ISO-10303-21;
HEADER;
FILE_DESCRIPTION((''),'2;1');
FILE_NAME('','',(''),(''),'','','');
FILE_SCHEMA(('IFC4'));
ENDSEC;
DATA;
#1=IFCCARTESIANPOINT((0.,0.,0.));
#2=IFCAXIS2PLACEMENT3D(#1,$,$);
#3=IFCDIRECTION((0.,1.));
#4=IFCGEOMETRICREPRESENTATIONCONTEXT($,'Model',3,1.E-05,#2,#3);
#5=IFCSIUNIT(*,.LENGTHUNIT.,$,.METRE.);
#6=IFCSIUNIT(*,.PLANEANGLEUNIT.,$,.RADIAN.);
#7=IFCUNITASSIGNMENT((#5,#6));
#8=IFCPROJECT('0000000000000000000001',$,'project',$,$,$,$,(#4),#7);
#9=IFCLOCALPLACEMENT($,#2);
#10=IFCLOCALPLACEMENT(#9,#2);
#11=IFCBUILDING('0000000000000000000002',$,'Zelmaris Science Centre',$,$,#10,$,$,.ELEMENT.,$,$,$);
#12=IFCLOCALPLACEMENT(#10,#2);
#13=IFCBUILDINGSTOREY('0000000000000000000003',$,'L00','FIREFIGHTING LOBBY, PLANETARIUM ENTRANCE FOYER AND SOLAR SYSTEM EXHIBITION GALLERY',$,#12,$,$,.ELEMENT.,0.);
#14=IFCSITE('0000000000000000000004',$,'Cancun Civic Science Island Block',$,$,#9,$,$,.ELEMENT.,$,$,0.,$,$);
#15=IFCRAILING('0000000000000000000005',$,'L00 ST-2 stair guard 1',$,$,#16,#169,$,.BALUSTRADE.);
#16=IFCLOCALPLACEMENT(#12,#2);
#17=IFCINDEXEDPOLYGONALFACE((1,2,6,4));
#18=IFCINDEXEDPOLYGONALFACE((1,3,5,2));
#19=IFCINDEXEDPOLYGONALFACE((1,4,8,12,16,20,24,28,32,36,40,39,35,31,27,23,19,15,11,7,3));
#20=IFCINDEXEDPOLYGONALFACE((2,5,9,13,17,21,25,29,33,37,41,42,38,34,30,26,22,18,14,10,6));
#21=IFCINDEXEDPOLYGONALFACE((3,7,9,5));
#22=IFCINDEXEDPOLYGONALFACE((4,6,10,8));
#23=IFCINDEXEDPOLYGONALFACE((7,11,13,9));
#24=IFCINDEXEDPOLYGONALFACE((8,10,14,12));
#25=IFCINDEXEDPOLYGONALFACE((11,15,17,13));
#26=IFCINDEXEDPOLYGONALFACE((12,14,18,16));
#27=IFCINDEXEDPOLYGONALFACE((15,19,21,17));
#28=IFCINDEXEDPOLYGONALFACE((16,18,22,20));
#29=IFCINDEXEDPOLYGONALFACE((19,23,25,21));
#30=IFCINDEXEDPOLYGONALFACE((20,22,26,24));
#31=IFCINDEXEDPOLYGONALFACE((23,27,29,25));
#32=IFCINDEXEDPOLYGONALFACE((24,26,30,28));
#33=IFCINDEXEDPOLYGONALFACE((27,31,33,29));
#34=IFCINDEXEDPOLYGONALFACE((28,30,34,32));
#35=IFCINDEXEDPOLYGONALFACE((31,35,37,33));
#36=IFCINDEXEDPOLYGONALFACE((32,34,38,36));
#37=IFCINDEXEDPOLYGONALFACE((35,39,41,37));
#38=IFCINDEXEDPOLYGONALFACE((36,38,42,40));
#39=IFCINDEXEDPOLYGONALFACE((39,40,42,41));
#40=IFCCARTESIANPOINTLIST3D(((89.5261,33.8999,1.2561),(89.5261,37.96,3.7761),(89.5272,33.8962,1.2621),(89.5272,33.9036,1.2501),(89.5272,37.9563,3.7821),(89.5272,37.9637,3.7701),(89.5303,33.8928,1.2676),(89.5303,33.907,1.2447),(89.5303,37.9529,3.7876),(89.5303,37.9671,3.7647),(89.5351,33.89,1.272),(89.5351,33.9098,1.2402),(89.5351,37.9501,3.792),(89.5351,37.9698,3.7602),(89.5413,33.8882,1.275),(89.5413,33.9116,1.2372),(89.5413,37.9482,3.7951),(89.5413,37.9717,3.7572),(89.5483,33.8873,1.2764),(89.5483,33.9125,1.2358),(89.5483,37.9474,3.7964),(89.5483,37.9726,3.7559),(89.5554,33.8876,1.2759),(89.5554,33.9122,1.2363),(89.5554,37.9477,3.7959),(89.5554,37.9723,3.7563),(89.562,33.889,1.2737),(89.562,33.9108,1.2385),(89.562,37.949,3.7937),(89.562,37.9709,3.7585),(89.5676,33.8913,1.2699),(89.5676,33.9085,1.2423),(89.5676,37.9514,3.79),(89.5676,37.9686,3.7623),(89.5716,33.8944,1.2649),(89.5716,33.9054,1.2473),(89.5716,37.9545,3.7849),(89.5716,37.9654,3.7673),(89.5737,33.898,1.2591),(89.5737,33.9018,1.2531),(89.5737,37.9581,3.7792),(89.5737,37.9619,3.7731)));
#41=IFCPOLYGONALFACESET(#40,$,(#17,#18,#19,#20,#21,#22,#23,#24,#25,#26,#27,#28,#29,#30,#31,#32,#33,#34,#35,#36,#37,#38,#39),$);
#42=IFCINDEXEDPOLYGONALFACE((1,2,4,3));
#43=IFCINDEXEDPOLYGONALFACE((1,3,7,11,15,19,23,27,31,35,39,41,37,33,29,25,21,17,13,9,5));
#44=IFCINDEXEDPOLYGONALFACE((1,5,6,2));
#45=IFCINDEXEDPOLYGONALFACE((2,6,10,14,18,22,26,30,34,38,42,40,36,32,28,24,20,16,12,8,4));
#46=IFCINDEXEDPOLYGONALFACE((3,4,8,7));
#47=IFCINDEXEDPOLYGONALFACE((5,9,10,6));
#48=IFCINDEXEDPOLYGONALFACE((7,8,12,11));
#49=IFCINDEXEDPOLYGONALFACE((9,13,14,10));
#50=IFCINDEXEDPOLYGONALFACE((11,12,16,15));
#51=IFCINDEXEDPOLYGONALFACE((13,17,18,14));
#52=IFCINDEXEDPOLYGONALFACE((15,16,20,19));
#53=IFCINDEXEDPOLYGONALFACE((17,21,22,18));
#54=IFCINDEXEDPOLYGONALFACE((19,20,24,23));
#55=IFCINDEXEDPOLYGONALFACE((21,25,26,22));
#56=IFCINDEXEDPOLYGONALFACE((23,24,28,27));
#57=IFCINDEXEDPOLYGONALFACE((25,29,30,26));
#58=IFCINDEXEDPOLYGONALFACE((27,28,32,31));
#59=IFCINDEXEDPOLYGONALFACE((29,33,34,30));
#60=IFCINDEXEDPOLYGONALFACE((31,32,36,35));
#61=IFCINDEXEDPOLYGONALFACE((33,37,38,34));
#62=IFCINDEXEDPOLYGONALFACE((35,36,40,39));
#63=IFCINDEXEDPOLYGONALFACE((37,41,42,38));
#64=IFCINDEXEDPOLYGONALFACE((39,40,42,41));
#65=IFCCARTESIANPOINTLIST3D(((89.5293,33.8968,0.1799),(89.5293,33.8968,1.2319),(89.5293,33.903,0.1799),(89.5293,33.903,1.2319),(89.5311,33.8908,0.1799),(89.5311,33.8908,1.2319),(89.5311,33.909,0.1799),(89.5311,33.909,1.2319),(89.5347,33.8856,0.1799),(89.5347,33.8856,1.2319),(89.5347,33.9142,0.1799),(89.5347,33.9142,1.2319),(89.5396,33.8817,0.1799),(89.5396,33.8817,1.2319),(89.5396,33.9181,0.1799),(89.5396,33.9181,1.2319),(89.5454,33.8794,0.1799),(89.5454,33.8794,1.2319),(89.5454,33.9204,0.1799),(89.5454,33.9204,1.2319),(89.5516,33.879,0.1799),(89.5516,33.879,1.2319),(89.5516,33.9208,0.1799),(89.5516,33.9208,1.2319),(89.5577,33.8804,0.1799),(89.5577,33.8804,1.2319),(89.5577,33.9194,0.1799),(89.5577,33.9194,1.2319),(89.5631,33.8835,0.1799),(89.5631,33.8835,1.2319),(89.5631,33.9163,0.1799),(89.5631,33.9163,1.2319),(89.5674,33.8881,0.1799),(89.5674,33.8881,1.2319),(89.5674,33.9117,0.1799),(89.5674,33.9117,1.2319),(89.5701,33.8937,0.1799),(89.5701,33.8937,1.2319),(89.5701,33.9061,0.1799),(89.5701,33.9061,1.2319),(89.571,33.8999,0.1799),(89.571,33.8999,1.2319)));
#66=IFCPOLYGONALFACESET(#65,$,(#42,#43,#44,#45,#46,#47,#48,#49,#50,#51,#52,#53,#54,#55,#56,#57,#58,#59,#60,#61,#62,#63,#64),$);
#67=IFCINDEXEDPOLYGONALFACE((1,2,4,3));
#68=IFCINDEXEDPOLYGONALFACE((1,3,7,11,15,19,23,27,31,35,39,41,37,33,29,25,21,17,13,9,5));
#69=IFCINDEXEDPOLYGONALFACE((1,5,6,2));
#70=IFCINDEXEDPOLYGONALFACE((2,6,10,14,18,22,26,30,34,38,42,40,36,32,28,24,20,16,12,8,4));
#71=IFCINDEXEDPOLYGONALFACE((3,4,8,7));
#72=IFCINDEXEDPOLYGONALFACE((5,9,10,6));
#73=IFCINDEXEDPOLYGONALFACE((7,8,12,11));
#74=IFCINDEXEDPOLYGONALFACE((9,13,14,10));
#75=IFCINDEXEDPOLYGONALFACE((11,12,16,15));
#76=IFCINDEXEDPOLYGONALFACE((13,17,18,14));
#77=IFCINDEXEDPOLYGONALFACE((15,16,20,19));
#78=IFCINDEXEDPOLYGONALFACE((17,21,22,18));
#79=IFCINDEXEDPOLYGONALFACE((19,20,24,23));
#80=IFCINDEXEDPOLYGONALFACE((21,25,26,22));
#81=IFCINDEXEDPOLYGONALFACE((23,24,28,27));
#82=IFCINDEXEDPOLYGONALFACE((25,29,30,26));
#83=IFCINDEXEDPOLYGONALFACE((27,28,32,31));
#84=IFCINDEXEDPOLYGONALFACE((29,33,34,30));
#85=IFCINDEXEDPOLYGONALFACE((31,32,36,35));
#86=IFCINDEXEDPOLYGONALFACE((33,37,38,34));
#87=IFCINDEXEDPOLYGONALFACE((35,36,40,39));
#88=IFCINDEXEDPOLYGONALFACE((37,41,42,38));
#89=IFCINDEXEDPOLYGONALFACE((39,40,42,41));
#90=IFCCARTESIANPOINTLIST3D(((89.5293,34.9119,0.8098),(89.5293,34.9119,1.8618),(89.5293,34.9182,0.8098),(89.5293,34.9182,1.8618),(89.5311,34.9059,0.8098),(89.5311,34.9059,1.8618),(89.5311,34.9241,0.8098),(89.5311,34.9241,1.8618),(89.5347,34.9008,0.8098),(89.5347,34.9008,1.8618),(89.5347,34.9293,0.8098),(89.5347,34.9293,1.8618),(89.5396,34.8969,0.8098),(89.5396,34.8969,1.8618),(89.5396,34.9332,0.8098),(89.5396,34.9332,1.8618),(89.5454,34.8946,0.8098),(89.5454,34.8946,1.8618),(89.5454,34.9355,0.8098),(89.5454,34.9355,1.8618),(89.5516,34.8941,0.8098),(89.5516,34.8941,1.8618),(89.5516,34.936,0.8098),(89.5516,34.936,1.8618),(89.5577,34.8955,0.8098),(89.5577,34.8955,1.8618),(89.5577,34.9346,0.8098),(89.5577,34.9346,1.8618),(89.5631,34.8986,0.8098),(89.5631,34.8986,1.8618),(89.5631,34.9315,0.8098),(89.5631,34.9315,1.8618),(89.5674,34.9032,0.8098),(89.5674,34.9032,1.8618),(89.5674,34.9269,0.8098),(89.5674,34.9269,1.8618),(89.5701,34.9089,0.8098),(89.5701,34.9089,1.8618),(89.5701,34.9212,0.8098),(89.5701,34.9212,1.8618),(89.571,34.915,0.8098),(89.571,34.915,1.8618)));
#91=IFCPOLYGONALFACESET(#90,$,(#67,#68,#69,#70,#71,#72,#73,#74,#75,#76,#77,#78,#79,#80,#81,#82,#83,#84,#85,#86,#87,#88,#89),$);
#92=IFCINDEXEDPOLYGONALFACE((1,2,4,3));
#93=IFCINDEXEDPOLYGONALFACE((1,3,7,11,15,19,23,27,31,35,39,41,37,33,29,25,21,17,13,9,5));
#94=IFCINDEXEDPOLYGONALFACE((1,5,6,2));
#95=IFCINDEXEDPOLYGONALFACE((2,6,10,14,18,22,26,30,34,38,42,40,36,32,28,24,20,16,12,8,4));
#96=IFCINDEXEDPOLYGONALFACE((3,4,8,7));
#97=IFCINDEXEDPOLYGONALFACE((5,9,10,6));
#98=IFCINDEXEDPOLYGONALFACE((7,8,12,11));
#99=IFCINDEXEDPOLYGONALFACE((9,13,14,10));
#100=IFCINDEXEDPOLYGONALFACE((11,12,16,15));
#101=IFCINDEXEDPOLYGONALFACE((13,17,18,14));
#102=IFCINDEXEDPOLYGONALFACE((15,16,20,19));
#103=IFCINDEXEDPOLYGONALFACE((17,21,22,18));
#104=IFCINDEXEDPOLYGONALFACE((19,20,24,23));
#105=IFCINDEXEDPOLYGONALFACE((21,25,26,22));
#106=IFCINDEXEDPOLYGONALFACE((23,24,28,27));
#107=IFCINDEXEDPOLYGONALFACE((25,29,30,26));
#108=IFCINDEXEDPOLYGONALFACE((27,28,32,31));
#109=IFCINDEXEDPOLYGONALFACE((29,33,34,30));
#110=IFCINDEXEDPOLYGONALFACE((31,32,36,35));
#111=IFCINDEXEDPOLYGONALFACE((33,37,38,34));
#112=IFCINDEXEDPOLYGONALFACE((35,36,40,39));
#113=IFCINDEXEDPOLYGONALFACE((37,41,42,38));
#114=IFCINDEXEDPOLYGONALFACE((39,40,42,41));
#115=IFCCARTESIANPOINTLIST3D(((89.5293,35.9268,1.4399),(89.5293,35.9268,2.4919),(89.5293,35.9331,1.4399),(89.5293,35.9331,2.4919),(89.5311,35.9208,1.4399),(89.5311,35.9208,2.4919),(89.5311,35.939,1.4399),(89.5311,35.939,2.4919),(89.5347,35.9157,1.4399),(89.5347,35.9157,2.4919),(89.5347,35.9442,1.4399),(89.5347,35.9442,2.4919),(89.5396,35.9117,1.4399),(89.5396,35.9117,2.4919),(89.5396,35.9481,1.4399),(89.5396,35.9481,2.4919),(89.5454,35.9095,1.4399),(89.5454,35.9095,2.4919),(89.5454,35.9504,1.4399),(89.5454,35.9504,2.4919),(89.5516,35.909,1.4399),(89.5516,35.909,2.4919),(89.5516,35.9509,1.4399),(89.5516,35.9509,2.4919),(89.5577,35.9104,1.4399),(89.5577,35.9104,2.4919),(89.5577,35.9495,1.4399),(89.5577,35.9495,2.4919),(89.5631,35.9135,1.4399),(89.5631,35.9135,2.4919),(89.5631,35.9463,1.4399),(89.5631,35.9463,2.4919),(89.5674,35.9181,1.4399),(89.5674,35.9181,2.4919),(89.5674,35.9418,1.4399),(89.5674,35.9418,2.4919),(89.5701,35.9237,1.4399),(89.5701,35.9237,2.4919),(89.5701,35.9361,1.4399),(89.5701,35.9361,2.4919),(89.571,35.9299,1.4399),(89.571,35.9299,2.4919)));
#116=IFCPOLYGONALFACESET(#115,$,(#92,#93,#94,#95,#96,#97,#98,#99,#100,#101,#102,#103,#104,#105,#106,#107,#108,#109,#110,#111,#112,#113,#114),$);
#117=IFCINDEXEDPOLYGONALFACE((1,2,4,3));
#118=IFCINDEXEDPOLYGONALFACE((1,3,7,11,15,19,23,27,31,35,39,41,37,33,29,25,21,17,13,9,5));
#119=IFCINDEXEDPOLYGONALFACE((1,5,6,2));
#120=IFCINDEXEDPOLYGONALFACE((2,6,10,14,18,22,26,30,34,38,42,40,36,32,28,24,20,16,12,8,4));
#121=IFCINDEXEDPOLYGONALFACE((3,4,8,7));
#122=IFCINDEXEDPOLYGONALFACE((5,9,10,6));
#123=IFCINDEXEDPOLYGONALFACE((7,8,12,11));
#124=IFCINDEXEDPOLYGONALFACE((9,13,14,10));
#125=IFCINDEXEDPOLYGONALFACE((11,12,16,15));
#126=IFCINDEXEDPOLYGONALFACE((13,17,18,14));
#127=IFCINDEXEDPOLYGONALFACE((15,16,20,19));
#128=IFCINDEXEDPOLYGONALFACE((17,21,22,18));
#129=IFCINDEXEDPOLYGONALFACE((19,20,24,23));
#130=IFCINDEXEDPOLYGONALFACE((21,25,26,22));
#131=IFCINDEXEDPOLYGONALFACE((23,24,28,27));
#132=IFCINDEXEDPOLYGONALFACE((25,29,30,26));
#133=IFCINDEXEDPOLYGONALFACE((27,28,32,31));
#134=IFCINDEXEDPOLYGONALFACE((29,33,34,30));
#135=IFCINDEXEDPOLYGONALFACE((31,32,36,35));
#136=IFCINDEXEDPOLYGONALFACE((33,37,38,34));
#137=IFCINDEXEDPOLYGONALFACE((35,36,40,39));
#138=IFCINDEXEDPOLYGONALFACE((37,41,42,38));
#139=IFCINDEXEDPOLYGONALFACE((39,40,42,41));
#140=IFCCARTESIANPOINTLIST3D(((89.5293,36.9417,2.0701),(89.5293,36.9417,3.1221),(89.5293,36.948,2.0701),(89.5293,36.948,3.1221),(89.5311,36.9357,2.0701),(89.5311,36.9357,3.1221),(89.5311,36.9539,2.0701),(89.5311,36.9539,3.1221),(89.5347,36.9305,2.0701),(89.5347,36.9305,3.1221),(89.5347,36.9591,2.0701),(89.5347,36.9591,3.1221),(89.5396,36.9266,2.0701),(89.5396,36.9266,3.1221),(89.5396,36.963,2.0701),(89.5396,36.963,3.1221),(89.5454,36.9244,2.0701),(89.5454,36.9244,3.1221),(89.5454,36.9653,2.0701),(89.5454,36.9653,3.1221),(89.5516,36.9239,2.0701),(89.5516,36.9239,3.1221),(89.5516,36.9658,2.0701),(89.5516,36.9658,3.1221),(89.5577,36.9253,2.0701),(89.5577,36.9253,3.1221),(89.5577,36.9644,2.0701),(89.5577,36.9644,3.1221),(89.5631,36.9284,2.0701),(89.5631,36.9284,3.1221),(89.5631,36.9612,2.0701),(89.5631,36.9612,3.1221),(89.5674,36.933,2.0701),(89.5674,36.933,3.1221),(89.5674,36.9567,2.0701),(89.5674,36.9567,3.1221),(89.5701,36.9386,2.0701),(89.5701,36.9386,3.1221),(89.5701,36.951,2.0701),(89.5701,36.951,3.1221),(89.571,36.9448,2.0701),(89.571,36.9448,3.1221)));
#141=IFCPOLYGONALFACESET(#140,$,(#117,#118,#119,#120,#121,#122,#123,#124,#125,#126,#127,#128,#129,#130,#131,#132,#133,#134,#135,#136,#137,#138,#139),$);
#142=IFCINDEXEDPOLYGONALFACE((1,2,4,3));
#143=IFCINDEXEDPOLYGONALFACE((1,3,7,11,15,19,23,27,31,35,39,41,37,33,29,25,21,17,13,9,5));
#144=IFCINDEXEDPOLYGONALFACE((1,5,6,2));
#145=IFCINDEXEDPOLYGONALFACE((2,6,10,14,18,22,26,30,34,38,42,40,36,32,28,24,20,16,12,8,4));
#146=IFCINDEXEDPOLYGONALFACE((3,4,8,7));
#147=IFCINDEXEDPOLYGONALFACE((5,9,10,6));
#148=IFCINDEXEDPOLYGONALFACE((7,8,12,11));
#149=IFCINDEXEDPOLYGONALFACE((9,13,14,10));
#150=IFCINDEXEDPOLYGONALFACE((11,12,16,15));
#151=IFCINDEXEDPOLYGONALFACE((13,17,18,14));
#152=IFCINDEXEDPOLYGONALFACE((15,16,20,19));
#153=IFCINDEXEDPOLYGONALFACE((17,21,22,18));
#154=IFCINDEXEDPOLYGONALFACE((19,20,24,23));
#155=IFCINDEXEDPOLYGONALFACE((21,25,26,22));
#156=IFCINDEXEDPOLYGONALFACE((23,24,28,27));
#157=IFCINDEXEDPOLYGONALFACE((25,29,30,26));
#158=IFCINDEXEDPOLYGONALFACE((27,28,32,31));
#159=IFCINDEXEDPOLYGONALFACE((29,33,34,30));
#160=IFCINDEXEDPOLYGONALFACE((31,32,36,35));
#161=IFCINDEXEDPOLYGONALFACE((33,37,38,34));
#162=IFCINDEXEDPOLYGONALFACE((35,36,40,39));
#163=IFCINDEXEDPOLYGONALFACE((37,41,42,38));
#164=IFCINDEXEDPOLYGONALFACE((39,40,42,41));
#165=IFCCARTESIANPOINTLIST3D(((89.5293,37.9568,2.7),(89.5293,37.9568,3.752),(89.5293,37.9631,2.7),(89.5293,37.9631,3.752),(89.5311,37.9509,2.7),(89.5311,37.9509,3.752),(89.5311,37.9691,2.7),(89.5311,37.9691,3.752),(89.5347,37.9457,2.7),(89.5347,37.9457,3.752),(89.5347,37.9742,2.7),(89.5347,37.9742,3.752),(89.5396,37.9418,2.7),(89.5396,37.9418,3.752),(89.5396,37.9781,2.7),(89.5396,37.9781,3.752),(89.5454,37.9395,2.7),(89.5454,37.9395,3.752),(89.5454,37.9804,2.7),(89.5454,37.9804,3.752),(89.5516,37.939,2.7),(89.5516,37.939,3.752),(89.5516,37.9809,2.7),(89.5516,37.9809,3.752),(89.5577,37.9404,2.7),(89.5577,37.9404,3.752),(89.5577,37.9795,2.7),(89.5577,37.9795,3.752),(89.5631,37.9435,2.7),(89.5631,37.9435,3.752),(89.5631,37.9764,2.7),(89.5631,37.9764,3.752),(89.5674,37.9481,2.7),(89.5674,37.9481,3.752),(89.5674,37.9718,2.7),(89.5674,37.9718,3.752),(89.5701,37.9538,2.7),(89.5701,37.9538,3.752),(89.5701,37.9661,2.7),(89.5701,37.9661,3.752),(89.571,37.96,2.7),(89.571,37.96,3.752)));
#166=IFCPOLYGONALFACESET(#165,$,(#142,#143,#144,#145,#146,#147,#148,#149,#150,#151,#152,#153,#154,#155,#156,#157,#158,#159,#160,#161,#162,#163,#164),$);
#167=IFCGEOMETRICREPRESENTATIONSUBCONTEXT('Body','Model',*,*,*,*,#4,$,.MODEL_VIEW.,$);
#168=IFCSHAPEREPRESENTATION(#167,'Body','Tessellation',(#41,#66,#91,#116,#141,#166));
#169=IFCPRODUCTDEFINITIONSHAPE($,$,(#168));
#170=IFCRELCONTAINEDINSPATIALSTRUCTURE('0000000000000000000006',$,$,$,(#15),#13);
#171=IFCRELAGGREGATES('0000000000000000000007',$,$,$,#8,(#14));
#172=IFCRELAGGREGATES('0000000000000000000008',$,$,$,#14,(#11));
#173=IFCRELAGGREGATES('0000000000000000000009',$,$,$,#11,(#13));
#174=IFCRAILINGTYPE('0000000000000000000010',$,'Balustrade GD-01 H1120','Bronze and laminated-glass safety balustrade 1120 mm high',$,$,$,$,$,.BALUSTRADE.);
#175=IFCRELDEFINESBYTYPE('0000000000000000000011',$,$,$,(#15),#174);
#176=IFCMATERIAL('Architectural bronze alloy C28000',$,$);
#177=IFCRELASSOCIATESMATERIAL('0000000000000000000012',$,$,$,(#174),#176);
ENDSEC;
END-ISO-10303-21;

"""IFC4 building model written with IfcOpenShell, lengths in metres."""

from ifc_helpers import new_model, si_unit, direction, frame, origin, origin_2d, place, context, subcontext, project, spatial, circle, extrude, material, type_object, element, save


model = new_model("IFC4")

# Units and contexts
model_context = context("Model", 3, precision=1e-05, world=origin(), true_north=direction((0.0, 1.0)))
body_context = subcontext(model_context, "Body", "Model", "MODEL_VIEW")
ifc_project = project(units=[si_unit("LENGTHUNIT", "METRE"), si_unit("PLANEANGLEUNIT", "RADIAN")], contexts=[model_context])

# Site, building, storey
site_placement = place(None, origin())
site = spatial("IfcSite", under=ifc_project, at=site_placement, Name="Cancun Civic Science Island Block", CompositionType="ELEMENT", RefElevation=0.0)
building_placement = place(site_placement, origin())
building = spatial("IfcBuilding", under=site, at=building_placement, Name="Zelmaris Science Centre", CompositionType="ELEMENT")
storey_placement = place(building_placement, origin())
storey = spatial("IfcBuildingStorey", under=building, at=storey_placement, Name="L00", Description="FIREFIGHTING LOBBY, PLANETARIUM ENTRANCE FOYER AND SOLAR SYSTEM EXHIBITION GALLERY", CompositionType="ELEMENT", Elevation=0.0)

# Railing
ifc_material_1 = material(Name="Architectural bronze alloy C28000")
railing_type_1 = type_object("IfcRailingType", Name="Balustrade GD-01 H1120", Description="Bronze and laminated-glass safety balustrade 1120 mm high", PredefinedType="BALUSTRADE", material=ifc_material_1)
railing_1_placement = place(storey_placement, frame((89.55, 33.8999, 0.1799)))
element("IfcRailing", 1, at=railing_1_placement, inside=storey, type_object=railing_type_1, Name="L00 ST-2 stair guard 1", PredefinedType="BALUSTRADE", context=body_context, shape_type="SweptSolid", body=[
    extrude(circle(Radius=0.0239, at=origin_2d()), frame((0.0, 0.0, 1.0762), z_axis=(0.0, 0.849642, 0.52736), x_axis=(-1.0, 0.0, 0.0)), (0.0, 0.0, 1.0), 4.7786),
    extrude(circle(Radius=0.021, at=origin_2d()), origin(), (0.0, 0.0, 1.0), 1.052),
    extrude(circle(Radius=0.021, at=origin_2d()), frame((0.0, 1.0151, 0.6299)), (0.0, 0.0, 1.0), 1.052),
    extrude(circle(Radius=0.021, at=origin_2d()), frame((0.0, 2.03, 1.26)), (0.0, 0.0, 1.0), 1.052),
    extrude(circle(Radius=0.021, at=origin_2d()), frame((0.0, 3.0449, 1.8901)), (0.0, 0.0, 1.0), 1.052),
    extrude(circle(Radius=0.021, at=origin_2d()), frame((0.0, 4.0601, 2.52)), (0.0, 0.0, 1.0), 1.052),
])

save(model, "model.ifc")
